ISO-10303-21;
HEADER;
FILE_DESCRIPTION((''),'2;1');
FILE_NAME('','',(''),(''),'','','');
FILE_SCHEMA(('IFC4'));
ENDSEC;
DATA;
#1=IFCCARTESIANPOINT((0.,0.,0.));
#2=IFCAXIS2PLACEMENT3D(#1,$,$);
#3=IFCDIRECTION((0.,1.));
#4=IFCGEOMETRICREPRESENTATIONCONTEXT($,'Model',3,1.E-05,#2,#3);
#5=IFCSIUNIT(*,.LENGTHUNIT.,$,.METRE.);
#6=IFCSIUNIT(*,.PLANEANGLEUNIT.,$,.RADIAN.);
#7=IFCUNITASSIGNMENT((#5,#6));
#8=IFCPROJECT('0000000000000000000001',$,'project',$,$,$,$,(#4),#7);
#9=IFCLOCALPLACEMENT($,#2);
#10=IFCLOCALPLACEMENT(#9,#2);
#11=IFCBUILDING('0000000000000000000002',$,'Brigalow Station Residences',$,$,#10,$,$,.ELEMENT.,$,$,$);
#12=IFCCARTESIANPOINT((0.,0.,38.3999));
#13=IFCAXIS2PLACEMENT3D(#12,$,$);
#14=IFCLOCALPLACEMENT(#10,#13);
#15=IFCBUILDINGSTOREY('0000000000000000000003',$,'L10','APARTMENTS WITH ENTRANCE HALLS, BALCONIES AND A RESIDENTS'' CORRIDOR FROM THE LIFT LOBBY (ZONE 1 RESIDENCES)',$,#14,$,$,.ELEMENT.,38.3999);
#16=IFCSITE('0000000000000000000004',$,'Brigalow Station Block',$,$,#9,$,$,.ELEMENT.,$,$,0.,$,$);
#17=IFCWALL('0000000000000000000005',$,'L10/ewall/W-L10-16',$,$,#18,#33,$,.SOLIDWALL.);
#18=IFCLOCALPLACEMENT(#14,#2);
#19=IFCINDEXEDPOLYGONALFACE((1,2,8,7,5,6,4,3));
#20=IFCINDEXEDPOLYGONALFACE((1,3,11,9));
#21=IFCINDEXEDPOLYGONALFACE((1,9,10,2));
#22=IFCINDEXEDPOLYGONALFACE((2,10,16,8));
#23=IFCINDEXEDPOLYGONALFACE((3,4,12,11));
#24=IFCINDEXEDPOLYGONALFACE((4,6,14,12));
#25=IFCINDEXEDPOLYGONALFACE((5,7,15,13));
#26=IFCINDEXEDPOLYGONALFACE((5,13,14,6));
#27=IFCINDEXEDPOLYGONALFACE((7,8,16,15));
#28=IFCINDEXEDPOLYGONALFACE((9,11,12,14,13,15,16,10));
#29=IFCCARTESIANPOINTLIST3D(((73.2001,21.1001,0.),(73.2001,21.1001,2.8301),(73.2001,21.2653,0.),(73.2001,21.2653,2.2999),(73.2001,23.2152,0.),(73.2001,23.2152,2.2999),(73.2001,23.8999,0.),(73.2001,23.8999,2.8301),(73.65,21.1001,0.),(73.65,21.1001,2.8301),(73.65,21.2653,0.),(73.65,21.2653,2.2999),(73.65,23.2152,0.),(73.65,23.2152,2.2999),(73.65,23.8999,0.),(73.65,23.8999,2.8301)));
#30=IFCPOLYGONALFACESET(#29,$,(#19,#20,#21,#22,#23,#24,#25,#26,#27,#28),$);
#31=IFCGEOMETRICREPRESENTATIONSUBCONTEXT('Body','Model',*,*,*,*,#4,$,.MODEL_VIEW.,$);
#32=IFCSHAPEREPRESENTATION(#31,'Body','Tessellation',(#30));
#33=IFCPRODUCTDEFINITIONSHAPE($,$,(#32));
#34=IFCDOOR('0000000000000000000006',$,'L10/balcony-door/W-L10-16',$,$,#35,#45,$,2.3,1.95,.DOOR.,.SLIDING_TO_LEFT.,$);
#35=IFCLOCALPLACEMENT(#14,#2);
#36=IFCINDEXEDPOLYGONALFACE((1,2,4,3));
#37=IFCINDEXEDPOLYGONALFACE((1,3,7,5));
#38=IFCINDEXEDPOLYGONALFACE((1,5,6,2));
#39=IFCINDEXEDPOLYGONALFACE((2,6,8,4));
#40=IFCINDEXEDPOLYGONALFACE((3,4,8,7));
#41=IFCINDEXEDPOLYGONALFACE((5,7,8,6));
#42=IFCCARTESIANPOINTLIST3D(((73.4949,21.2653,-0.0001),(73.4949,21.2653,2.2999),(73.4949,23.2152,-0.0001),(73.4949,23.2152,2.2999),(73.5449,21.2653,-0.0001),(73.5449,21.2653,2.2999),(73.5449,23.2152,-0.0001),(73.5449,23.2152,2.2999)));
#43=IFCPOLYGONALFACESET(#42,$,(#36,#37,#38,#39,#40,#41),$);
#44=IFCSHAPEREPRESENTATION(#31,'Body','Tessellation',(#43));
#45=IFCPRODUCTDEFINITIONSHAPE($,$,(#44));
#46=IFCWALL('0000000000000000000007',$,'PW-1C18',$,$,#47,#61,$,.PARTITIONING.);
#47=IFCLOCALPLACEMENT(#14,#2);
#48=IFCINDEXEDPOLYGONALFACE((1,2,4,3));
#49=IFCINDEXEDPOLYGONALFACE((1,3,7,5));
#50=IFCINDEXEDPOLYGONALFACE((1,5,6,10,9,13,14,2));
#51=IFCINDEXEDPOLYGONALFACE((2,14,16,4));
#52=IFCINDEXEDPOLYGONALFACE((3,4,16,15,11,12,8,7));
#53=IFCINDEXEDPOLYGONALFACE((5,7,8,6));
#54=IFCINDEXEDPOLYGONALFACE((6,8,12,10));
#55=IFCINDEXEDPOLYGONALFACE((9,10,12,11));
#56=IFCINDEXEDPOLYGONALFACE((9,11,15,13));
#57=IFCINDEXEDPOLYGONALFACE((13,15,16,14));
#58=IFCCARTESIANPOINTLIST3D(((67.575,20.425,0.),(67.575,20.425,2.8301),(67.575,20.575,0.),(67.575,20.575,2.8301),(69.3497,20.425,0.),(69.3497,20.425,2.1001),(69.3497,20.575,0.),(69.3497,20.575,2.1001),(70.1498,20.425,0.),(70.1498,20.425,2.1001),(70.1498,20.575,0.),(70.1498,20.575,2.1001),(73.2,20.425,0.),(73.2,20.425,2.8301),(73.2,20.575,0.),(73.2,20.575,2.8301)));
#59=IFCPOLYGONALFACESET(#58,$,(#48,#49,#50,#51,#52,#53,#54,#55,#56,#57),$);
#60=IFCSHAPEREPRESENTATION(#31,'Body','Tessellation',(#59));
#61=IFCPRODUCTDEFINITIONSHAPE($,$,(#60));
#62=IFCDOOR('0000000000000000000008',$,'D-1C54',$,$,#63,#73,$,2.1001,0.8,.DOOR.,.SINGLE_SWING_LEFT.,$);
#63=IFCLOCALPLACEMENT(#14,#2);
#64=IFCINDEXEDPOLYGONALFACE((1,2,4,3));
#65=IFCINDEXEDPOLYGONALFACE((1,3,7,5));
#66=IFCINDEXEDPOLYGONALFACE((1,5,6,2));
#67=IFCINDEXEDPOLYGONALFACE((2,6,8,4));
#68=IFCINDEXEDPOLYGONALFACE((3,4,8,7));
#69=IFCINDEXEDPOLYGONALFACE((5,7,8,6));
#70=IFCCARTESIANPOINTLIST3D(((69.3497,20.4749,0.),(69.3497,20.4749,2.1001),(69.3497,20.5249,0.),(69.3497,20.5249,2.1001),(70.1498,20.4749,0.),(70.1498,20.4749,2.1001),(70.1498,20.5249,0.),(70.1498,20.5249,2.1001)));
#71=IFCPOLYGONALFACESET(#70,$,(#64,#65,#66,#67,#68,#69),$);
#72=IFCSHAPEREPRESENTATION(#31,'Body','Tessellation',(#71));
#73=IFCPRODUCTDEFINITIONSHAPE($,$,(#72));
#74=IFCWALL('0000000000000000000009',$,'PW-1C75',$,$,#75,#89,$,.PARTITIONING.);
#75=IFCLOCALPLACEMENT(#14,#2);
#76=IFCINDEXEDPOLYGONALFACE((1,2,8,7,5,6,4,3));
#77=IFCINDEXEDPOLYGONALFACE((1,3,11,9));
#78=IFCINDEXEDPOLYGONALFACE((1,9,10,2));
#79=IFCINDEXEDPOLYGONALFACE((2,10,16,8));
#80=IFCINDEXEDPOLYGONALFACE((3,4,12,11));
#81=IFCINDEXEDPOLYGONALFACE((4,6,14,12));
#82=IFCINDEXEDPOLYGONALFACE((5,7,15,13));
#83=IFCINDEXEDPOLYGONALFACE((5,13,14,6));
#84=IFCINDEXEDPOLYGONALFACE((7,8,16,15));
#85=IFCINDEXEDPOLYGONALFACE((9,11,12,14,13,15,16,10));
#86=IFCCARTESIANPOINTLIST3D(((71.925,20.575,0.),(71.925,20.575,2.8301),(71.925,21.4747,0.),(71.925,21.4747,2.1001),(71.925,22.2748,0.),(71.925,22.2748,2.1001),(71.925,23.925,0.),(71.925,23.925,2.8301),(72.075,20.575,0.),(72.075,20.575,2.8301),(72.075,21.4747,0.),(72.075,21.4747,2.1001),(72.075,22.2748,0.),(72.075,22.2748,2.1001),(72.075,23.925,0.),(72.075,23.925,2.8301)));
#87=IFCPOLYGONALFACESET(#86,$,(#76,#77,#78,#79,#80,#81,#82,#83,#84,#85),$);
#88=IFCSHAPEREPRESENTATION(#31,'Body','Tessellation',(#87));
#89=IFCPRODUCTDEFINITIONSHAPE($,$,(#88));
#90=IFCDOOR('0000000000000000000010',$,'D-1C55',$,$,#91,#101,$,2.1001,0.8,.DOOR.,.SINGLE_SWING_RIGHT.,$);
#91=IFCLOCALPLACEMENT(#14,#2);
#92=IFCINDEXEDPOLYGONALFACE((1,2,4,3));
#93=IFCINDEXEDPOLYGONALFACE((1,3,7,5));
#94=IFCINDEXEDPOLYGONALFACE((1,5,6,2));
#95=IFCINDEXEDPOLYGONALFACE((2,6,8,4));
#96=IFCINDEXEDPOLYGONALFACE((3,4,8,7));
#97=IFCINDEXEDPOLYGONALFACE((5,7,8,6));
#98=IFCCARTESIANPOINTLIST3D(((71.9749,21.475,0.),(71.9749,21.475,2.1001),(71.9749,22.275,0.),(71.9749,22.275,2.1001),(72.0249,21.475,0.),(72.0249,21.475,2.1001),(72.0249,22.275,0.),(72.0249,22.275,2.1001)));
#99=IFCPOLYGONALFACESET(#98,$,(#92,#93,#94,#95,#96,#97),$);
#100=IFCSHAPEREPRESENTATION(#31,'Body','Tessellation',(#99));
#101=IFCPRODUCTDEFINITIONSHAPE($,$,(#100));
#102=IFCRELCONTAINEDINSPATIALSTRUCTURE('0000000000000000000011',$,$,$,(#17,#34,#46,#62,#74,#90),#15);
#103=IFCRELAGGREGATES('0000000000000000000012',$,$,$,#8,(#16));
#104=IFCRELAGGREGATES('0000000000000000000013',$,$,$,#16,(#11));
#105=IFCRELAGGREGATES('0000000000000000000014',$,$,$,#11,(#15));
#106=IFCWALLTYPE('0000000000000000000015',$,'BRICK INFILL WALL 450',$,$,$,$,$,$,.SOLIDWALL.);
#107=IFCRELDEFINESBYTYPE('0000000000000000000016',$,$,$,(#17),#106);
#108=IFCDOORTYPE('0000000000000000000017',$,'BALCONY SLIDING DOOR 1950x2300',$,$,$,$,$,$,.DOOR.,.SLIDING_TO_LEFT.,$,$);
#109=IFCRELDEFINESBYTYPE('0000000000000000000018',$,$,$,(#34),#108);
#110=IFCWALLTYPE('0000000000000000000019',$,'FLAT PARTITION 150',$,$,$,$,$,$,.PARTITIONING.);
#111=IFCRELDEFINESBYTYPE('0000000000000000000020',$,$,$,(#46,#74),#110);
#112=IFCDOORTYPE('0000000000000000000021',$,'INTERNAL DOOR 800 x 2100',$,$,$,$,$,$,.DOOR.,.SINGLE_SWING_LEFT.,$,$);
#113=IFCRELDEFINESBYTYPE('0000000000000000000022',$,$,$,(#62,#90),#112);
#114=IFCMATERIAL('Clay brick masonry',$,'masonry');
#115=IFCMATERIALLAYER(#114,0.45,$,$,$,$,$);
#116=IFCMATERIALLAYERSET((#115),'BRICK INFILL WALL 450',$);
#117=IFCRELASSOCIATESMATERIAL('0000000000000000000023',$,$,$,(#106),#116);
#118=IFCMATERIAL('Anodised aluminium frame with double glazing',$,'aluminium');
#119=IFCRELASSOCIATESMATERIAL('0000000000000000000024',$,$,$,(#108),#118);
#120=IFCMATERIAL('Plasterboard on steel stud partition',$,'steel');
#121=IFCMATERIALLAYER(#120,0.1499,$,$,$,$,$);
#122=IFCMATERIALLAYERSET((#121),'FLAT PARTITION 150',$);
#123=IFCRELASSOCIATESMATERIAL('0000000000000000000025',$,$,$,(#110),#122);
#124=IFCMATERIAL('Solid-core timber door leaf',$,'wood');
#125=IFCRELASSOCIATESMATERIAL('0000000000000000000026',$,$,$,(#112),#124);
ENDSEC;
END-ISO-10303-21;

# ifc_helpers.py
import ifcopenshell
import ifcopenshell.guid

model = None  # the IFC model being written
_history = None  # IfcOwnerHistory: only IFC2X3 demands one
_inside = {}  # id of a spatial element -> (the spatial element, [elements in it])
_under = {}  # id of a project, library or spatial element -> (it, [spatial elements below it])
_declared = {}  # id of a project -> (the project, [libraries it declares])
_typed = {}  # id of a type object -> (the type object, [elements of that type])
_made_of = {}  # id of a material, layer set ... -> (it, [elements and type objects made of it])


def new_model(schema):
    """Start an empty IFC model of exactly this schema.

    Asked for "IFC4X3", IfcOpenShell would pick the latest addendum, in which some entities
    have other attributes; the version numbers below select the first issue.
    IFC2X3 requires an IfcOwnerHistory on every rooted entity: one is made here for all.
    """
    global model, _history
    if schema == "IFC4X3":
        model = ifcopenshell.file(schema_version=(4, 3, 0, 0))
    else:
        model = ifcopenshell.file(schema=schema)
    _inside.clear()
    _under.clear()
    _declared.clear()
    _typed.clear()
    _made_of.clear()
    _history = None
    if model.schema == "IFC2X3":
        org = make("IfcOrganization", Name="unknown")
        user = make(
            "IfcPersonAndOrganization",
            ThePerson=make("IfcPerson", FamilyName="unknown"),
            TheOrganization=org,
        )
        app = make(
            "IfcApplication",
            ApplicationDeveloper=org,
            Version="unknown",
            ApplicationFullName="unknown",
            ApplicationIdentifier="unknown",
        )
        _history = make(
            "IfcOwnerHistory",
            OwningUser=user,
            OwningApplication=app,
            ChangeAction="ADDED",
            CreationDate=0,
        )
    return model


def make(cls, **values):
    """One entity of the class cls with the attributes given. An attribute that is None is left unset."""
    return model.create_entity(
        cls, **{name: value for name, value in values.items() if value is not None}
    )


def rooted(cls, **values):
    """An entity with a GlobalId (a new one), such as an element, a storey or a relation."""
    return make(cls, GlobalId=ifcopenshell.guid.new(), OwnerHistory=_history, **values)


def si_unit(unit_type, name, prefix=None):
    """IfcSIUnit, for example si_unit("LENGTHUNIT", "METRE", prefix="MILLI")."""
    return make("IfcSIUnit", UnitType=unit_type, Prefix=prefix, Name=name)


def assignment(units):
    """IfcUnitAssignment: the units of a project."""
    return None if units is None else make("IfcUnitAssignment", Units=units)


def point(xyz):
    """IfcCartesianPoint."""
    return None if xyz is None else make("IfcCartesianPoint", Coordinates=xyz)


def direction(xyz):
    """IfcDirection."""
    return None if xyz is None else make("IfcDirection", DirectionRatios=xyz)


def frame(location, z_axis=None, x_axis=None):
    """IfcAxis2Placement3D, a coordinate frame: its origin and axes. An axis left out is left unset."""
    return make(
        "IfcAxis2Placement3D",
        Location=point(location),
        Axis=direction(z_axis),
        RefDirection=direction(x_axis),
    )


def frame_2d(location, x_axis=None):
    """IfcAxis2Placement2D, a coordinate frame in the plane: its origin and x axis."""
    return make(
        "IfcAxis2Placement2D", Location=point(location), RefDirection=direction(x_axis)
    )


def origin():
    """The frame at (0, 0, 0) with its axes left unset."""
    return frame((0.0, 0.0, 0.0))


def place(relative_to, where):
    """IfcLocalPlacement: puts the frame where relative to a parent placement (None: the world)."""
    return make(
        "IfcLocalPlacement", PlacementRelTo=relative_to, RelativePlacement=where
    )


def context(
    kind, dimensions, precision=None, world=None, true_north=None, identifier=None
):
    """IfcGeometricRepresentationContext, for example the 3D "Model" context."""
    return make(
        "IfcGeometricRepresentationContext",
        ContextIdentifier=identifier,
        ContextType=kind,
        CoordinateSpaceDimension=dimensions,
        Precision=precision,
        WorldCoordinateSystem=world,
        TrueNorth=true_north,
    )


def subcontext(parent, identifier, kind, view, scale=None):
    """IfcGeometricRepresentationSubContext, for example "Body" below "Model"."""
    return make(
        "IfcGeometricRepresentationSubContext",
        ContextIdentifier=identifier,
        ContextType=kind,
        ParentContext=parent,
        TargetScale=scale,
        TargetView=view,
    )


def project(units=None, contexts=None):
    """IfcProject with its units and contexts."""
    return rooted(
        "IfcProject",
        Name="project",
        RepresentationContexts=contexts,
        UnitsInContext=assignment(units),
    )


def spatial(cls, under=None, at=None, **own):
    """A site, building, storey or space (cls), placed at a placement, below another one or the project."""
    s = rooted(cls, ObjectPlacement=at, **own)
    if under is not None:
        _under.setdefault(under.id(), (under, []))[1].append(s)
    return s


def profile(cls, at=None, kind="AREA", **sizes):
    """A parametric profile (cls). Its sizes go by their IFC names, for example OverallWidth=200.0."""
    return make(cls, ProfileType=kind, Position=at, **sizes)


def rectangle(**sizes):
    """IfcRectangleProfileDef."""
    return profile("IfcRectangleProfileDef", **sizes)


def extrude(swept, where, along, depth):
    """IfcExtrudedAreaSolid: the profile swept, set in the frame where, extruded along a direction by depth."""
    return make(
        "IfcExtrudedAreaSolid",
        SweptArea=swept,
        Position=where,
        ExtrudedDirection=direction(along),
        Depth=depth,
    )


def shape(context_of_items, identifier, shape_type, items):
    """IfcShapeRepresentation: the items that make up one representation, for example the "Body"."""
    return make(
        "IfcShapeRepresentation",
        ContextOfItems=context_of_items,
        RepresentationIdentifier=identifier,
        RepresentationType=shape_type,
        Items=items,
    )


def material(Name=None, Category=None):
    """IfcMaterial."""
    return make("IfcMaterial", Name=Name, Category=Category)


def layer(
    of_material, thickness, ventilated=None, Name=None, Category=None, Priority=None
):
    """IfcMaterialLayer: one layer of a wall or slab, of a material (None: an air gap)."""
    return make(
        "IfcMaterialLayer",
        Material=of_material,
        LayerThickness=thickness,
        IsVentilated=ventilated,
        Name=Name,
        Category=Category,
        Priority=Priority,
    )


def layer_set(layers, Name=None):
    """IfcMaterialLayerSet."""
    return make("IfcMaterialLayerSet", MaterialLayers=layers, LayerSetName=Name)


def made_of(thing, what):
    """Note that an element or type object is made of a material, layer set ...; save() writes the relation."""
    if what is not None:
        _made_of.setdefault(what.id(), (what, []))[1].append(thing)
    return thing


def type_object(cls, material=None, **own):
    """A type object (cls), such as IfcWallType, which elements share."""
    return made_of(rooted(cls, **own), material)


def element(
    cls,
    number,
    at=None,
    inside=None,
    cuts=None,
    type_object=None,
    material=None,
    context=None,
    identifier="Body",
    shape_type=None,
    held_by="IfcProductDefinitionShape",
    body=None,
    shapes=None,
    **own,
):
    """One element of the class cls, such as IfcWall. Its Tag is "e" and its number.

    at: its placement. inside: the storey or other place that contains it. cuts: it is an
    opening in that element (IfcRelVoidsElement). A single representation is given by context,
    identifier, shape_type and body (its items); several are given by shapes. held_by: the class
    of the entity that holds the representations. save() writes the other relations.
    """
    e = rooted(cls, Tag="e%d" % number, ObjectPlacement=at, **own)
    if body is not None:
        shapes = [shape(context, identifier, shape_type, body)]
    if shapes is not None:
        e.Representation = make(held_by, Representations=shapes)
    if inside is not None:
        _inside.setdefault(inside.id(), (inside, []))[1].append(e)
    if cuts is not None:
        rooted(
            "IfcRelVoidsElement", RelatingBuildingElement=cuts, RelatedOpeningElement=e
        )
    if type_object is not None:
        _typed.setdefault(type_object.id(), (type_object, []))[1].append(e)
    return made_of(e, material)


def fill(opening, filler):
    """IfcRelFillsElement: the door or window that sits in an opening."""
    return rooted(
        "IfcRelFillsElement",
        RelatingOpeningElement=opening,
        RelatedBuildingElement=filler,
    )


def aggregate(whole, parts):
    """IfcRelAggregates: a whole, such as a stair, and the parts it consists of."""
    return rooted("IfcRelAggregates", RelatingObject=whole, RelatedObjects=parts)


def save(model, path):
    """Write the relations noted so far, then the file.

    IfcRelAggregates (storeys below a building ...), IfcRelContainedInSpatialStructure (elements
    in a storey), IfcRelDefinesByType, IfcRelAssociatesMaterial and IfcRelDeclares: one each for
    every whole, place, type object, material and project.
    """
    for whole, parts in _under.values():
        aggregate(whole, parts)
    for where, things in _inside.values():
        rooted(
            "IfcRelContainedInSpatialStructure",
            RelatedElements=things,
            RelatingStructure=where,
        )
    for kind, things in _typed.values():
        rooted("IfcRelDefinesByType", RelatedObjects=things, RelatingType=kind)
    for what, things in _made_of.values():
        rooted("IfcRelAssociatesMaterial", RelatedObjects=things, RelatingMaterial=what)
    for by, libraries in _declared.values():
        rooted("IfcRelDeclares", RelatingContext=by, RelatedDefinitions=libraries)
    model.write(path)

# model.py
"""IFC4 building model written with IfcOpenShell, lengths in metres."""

from ifc_helpers import new_model, si_unit, direction, frame, frame_2d, origin, place, context, subcontext, project, spatial, rectangle, extrude, material, layer, layer_set, type_object, element, fill, save


model = new_model("IFC4")

# Units and contexts
model_context = context("Model", 3, precision=1e-05, world=origin(), true_north=direction((0.0, 1.0)))
body_context = subcontext(model_context, "Body", "Model", "MODEL_VIEW")
ifc_project = project(units=[si_unit("LENGTHUNIT", "METRE"), si_unit("PLANEANGLEUNIT", "RADIAN")], contexts=[model_context])

# Site, building, storey
site_placement = place(None, origin())
site = spatial("IfcSite", under=ifc_project, at=site_placement, Name="Brigalow Station Block", CompositionType="ELEMENT", RefElevation=0.0)
building_placement = place(site_placement, origin())
building = spatial("IfcBuilding", under=site, at=building_placement, Name="Brigalow Station Residences", CompositionType="ELEMENT")
storey_placement = place(building_placement, frame((0.0, 0.0, 38.3999)))
storey = spatial("IfcBuildingStorey", under=building, at=storey_placement, Name="L10", Description="APARTMENTS WITH ENTRANCE HALLS, BALCONIES AND A RESIDENTS' CORRIDOR FROM THE LIFT LOBBY (ZONE 1 RESIDENCES)", CompositionType="ELEMENT", Elevation=38.3999)

# Shared definitions
ifc_material_1 = material(Name="Clay brick masonry", Category="masonry")
ifc_layer_1 = layer(ifc_material_1, 0.45)
ifc_layer_set_1 = layer_set([ifc_layer_1], Name="BRICK INFILL WALL 450")
wall_type_1 = type_object("IfcWallType", Name="BRICK INFILL WALL 450", PredefinedType="SOLIDWALL", material=ifc_layer_set_1)

# Walls, openings, doors
wall_1_placement = place(storey_placement, frame((73.425, 21.1001, 0.0), z_axis=(0.0, 0.0, 1.0), x_axis=(0.0, 1.0, 0.0)))
wall_1 = element("IfcWall", 1, at=wall_1_placement, inside=storey, type_object=wall_type_1, Name="L10/ewall/W-L10-16", PredefinedType="SOLIDWALL", context=body_context, shape_type="SweptSolid", body=[
    extrude(rectangle(XDim=2.7998, YDim=0.45, at=frame_2d((1.3999, 0.0))), origin(), (0.0, 0.0, 1.0), 2.8301),
])
opening_1_placement = place(wall_1_placement, frame((0.165, 0.0, 0.0)))
opening_1 = element("IfcOpeningElement", 2, at=opening_1_placement, cuts=wall_1, PredefinedType="OPENING", context=body_context, shape_type="SweptSolid", body=[
    extrude(rectangle(XDim=1.95, YDim=2.3, at=frame_2d((0.9751, 1.1499))), frame((0.0, 0.2349, 0.0), z_axis=(0.0, -1.0, 0.0), x_axis=(1.0, 0.0, 0.0)), (0.0, 0.0, 1.0), 0.47),
])
ifc_material_2 = material(Name="Anodised aluminium frame with double glazing", Category="aluminium")
door_type_1 = type_object("IfcDoorType", Name="BALCONY SLIDING DOOR 1950x2300", OperationType="SLIDING_TO_LEFT", PredefinedType="DOOR", material=ifc_material_2)
door_1_placement = place(opening_1_placement, origin())
door_1 = element("IfcDoor", 3, at=door_1_placement, inside=storey, type_object=door_type_1, Name="L10/balcony-door/W-L10-16", OperationType="SLIDING_TO_LEFT", OverallHeight=2.3, OverallWidth=1.95, PredefinedType="DOOR", context=body_context, shape_type="SweptSolid", body=[
    extrude(rectangle(XDim=1.95, YDim=2.3, at=frame_2d((0.9751, 1.1499))), frame((0.0, -0.0698, 0.0), z_axis=(0.0, -1.0, 0.0), x_axis=(1.0, 0.0, 0.0)), (0.0, 0.0, 1.0), 0.05),
])
fill(opening_1, door_1)
ifc_material_3 = material(Name="Plasterboard on steel stud partition", Category="steel")
ifc_layer_2 = layer(ifc_material_3, 0.1499)
ifc_layer_set_2 = layer_set([ifc_layer_2], Name="FLAT PARTITION 150")
wall_type_2 = type_object("IfcWallType", Name="FLAT PARTITION 150", PredefinedType="PARTITIONING", material=ifc_layer_set_2)
wall_2_placement = place(storey_placement, frame((67.575, 20.5, 0.0), z_axis=(0.0, 0.0, 1.0), x_axis=(1.0, 0.0, 0.0)))
wall_2 = element("IfcWall", 4, at=wall_2_placement, inside=storey, type_object=wall_type_2, Name="PW-1C18", PredefinedType="PARTITIONING", context=body_context, shape_type="SweptSolid", body=[
    extrude(rectangle(XDim=5.625, YDim=0.1499, at=frame_2d((2.8125, 0.0))), origin(), (0.0, 0.0, 1.0), 2.8301),
])
opening_2_placement = place(wall_2_placement, frame((1.7749, 0.0, 0.0)))
opening_2 = element("IfcOpeningElement", 5, at=opening_2_placement, cuts=wall_2, PredefinedType="OPENING", context=body_context, shape_type="SweptSolid", body=[
    extrude(rectangle(XDim=0.8, YDim=2.1001, at=frame_2d((0.3999, 1.05))), frame((0.0, 0.085, 0.0), z_axis=(0.0, -1.0, 0.0), x_axis=(1.0, 0.0, 0.0)), (0.0, 0.0, 1.0), 0.1699),
])
ifc_material_4 = material(Name="Solid-core timber door leaf", Category="wood")
door_type_2 = type_object("IfcDoorType", Name="INTERNAL DOOR 800 x 2100", OperationType="SINGLE_SWING_LEFT", PredefinedType="DOOR", material=ifc_material_4)
door_2_placement = place(opening_2_placement, origin())
door_2 = element("IfcDoor", 6, at=door_2_placement, inside=storey, type_object=door_type_2, Name="D-1C54", OperationType="SINGLE_SWING_LEFT", OverallHeight=2.1001, OverallWidth=0.8, PredefinedType="DOOR", context=body_context, shape_type="SweptSolid", body=[
    extrude(rectangle(XDim=0.8, YDim=2.1001, at=frame_2d((0.3999, 1.05))), frame((0.0, 0.0249, 0.0), z_axis=(0.0, -1.0, 0.0), x_axis=(1.0, 0.0, 0.0)), (0.0, 0.0, 1.0), 0.05),
])
fill(opening_2, door_2)
wall_3_placement = place(storey_placement, frame((72.0, 20.575, 0.0), z_axis=(0.0, 0.0, 1.0), x_axis=(0.0, 1.0, 0.0)))
wall_3 = element("IfcWall", 7, at=wall_3_placement, inside=storey, type_object=wall_type_2, Name="PW-1C75", PredefinedType="PARTITIONING", context=body_context, shape_type="SweptSolid", body=[
    extrude(rectangle(XDim=3.3501, YDim=0.1499, at=frame_2d((1.675, 0.0))), origin(), (0.0, 0.0, 1.0), 2.8301),
])
opening_3_placement = place(wall_3_placement, frame((0.8999, 0.0, 0.0)))
opening_3 = element("IfcOpeningElement", 8, at=opening_3_placement, cuts=wall_3, PredefinedType="OPENING", context=body_context, shape_type="SweptSolid", body=[
    extrude(rectangle(XDim=0.8, YDim=2.1001, at=frame_2d((0.3999, 1.05))), frame((0.0, 0.085, 0.0), z_axis=(0.0, -1.0, 0.0), x_axis=(1.0, 0.0, 0.0)), (0.0, 0.0, 1.0), 0.1699),
])
door_3_placement = place(opening_3_placement, frame((0.8, 0.0, 0.0), z_axis=(0.0, 0.0, 1.0), x_axis=(-1.0, 0.0, 0.0)))
door_3 = element("IfcDoor", 9, at=door_3_placement, inside=storey, type_object=door_type_2, Name="D-1C55", OperationType="SINGLE_SWING_RIGHT", OverallHeight=2.1001, OverallWidth=0.8, PredefinedType="DOOR", context=body_context, shape_type="SweptSolid", body=[
    extrude(rectangle(XDim=0.8, YDim=2.1001, at=frame_2d((0.3999, 1.05))), frame((0.0, 0.0249, 0.0), z_axis=(0.0, -1.0, 0.0), x_axis=(1.0, 0.0, 0.0)), (0.0, 0.0, 1.0), 0.05),
])
fill(opening_3, door_3)

save(model, "model.ifc")
